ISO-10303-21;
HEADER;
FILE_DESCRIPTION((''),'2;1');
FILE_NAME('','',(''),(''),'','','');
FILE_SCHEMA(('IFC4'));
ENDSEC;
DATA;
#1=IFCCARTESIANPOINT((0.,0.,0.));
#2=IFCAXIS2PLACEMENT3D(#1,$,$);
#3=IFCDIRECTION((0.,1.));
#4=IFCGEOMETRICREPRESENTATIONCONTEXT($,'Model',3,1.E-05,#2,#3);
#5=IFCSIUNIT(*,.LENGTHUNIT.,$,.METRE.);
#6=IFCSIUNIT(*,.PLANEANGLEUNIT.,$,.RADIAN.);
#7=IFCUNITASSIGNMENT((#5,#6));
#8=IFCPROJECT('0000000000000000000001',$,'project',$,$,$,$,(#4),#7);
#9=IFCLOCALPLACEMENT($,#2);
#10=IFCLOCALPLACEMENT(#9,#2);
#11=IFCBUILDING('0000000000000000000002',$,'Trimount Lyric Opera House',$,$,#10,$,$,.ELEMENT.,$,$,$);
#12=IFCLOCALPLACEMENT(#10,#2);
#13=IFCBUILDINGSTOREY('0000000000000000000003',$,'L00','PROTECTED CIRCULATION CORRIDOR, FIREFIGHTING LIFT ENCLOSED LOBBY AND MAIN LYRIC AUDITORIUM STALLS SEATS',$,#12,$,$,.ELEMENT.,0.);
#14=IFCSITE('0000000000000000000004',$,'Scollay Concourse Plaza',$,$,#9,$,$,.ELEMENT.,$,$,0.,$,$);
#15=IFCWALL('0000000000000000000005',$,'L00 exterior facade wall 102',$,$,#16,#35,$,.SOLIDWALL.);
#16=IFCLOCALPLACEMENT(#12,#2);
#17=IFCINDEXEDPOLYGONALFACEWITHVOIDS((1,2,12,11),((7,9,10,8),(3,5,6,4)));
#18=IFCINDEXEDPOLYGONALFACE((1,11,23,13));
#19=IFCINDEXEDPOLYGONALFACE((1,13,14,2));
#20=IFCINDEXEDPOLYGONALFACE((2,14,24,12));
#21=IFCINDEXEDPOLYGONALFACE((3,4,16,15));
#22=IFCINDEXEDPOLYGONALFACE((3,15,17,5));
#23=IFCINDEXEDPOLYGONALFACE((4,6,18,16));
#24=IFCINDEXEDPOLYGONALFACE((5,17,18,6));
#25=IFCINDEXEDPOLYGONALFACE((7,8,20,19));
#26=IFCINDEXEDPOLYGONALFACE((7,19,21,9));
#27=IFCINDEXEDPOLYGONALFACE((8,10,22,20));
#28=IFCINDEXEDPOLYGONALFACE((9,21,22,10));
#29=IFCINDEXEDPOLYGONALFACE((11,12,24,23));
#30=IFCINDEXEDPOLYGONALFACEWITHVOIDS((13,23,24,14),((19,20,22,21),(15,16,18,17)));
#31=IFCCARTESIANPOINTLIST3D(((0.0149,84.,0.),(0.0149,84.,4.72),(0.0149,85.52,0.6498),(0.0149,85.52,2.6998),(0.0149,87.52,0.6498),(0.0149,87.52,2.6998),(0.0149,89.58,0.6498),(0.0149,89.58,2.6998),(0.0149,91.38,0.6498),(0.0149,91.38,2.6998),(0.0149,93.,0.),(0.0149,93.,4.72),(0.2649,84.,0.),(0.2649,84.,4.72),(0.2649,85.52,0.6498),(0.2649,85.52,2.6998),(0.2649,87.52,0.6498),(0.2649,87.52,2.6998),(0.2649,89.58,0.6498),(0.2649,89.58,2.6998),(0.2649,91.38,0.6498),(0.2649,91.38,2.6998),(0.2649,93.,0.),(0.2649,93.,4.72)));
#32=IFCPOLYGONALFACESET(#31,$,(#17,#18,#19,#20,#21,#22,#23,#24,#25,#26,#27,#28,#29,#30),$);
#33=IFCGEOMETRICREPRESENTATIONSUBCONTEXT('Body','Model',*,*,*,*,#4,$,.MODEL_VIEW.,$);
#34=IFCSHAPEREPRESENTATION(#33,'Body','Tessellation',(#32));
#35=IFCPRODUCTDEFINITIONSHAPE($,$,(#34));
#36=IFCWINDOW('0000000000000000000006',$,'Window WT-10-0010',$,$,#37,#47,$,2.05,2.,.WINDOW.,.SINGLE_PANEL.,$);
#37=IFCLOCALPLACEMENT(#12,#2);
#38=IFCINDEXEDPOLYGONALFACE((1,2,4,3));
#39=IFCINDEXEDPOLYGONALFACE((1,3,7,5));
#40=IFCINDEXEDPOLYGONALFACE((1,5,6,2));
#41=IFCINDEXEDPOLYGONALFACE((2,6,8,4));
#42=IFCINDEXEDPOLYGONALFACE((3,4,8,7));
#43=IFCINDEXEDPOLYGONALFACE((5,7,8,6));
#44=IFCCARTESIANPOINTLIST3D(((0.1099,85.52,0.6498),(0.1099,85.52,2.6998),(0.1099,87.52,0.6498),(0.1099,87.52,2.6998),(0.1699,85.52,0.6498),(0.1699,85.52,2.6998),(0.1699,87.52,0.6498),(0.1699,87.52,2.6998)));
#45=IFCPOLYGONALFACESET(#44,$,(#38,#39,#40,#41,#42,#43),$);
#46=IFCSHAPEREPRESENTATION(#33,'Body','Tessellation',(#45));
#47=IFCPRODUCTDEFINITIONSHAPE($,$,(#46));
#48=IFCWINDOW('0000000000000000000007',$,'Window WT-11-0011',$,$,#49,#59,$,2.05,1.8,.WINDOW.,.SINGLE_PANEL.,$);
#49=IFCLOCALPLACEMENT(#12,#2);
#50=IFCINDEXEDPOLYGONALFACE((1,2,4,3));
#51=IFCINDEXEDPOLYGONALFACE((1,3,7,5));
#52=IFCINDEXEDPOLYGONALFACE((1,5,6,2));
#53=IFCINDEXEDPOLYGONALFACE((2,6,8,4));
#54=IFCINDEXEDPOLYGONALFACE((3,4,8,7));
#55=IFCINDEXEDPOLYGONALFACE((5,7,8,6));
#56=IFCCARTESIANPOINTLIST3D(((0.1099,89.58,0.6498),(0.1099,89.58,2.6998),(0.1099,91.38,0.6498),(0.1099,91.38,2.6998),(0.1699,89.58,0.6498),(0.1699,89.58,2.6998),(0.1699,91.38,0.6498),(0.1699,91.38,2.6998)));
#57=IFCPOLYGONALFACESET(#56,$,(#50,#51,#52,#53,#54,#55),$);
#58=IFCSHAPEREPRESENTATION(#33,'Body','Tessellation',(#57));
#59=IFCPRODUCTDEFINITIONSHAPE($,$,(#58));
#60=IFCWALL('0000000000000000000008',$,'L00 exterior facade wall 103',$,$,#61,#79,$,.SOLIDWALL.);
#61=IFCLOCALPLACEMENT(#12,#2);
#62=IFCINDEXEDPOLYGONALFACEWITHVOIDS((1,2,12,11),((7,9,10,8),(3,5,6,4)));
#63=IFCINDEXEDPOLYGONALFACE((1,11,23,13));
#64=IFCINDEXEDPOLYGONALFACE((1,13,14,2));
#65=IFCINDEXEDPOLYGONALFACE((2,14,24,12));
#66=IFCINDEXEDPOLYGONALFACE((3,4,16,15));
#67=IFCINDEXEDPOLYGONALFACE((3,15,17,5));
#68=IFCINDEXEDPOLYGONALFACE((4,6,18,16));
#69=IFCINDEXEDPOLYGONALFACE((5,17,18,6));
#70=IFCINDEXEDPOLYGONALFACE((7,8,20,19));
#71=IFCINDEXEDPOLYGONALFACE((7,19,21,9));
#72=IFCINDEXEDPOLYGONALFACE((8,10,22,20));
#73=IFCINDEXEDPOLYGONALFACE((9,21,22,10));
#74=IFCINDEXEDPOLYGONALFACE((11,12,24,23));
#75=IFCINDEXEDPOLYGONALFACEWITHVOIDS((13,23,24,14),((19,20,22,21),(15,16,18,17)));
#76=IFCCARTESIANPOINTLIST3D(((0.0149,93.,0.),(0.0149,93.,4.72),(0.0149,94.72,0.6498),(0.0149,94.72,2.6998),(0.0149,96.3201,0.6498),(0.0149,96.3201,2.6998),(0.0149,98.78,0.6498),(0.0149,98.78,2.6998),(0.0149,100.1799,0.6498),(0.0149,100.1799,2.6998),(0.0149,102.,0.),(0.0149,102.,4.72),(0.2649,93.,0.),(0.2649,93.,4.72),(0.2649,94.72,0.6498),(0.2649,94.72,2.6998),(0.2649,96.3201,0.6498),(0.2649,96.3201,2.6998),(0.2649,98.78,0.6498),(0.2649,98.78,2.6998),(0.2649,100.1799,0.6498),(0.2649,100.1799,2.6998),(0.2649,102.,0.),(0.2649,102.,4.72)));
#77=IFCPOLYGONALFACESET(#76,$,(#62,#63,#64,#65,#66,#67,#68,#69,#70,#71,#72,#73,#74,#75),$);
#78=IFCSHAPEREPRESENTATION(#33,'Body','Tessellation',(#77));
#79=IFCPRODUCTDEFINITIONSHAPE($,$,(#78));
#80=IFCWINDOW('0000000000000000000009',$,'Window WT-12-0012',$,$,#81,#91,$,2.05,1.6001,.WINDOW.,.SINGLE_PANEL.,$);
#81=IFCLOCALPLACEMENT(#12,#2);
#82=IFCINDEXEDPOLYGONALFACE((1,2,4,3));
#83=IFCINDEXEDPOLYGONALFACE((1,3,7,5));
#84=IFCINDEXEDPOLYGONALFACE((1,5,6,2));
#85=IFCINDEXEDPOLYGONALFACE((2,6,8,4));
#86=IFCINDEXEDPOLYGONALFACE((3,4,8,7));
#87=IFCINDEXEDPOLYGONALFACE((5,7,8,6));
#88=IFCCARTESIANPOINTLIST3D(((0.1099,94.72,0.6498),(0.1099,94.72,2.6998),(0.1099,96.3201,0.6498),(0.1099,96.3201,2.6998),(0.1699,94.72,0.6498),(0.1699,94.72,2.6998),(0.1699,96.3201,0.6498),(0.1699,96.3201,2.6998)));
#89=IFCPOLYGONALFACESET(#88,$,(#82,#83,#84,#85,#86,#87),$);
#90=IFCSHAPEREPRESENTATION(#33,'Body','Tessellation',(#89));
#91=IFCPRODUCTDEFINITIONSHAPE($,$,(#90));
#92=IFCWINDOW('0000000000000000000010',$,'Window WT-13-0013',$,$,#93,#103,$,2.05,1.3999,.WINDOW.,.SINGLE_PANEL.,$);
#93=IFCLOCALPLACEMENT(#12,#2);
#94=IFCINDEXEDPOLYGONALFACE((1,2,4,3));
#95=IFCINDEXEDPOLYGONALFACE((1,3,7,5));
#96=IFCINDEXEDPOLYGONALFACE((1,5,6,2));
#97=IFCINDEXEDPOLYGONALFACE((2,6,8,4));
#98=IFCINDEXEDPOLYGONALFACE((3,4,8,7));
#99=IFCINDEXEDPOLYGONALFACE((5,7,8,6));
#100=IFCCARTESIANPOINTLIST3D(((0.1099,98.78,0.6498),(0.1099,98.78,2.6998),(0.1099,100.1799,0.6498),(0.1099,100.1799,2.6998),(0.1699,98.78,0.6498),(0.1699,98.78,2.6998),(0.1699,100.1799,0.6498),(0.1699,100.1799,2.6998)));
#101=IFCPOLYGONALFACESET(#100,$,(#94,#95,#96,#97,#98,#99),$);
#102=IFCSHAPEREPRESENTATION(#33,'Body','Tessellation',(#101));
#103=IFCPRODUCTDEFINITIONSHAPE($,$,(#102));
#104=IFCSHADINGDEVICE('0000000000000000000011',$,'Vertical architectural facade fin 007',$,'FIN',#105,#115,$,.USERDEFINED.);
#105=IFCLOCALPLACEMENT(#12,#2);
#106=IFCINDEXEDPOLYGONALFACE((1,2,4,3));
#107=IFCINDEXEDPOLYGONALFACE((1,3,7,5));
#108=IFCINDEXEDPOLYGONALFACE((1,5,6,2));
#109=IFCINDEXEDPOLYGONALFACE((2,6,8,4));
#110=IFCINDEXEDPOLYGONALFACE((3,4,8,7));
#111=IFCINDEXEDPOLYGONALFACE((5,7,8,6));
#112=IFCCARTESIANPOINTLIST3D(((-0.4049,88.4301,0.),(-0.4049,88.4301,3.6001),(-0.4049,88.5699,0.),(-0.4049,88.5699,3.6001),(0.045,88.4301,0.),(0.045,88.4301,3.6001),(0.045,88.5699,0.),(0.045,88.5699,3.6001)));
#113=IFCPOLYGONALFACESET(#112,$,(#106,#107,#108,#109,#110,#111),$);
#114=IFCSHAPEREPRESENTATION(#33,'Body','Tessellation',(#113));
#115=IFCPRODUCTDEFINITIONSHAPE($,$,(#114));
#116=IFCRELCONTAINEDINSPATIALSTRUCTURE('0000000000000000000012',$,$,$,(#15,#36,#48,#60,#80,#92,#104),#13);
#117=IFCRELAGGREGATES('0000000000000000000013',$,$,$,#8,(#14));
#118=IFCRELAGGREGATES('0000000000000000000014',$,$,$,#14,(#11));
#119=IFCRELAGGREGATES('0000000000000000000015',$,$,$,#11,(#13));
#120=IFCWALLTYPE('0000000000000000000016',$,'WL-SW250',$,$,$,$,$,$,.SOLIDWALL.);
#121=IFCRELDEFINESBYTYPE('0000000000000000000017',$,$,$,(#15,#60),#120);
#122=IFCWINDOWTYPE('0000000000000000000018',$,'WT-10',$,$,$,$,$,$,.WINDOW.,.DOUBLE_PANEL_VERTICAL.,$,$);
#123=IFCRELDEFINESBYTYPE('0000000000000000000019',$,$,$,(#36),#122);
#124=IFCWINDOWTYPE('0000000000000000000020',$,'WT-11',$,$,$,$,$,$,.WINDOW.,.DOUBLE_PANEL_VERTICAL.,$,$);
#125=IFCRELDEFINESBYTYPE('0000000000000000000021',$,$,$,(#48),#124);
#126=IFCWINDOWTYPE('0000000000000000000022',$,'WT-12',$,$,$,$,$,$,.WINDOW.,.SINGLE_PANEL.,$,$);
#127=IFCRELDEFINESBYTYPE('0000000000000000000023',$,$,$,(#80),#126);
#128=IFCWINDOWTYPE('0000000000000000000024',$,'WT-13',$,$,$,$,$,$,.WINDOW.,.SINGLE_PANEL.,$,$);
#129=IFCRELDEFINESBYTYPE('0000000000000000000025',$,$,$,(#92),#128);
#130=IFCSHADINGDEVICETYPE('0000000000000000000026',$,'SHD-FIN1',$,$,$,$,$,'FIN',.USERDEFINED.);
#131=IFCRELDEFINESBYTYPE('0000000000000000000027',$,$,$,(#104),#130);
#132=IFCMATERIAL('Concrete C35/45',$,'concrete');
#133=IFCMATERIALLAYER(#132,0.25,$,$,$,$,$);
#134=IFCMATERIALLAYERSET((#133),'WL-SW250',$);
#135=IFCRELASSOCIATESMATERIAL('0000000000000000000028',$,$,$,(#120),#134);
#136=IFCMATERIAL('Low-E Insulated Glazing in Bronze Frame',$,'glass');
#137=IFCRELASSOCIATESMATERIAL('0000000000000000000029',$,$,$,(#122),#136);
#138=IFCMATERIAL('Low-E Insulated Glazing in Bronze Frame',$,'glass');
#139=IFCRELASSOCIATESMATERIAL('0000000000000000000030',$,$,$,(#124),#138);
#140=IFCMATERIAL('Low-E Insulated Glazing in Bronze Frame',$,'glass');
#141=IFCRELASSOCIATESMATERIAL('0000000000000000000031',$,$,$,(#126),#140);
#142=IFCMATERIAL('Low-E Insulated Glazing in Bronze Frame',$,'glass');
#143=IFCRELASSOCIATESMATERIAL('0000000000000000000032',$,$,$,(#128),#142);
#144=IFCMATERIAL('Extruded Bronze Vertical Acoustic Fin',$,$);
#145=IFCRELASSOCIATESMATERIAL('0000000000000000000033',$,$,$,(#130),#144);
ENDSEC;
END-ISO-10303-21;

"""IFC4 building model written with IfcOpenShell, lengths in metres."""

from ifc_helpers import new_model, si_unit, direction, frame, frame_2d, origin, origin_2d, place, context, subcontext, project, spatial, rectangle, extrude, material, layer, layer_set, type_object, element, fill, save


model = new_model("IFC4")

# Units and contexts
model_context = context("Model", 3, precision=1e-05, world=origin(), true_north=direction((0.0, 1.0)))
body_context = subcontext(model_context, "Body", "Model", "MODEL_VIEW")
ifc_project = project(units=[si_unit("LENGTHUNIT", "METRE"), si_unit("PLANEANGLEUNIT", "RADIAN")], contexts=[model_context])

# Site, building, storey
site_placement = place(None, origin())
site = spatial("IfcSite", under=ifc_project, at=site_placement, Name="Scollay Concourse Plaza", CompositionType="ELEMENT", RefElevation=0.0)
building_placement = place(site_placement, origin())
building = spatial("IfcBuilding", under=site, at=building_placement, Name="Trimount Lyric Opera House", CompositionType="ELEMENT")
storey_placement = place(building_placement, origin())
storey = spatial("IfcBuildingStorey", under=building, at=storey_placement, Name="L00", Description="PROTECTED CIRCULATION CORRIDOR, FIREFIGHTING LIFT ENCLOSED LOBBY AND MAIN LYRIC AUDITORIUM STALLS SEATS", CompositionType="ELEMENT", Elevation=0.0)

# Walls, openings, windows
ifc_material_1 = material(Name="Concrete C35/45", Category="concrete")
ifc_layer = layer(ifc_material_1, 0.25)
ifc_layer_set = layer_set([ifc_layer], Name="WL-SW250")
wall_type = type_object("IfcWallType", Name="WL-SW250", PredefinedType="SOLIDWALL", material=ifc_layer_set)
wall_1_placement = place(storey_placement, frame((0.1399, 84.0, 0.0), z_axis=(0.0, 0.0, 1.0), x_axis=(0.0, 1.0, 0.0)))
wall_1 = element("IfcWall", 1, at=wall_1_placement, inside=storey, type_object=wall_type, Name="L00 exterior facade wall 102", PredefinedType="SOLIDWALL", context=body_context, shape_type="SweptSolid", body=[
    extrude(rectangle(XDim=9.0, YDim=0.25, at=frame_2d((4.5, 0.0))), origin(), (0.0, 0.0, 1.0), 4.72),
])
opening_1_placement = place(wall_1_placement, frame((1.52, 0.0, 0.6499)))
opening_1 = element("IfcOpeningElement", 2, at=opening_1_placement, cuts=wall_1, PredefinedType="OPENING", context=body_context, shape_type="SweptSolid", body=[
    extrude(rectangle(XDim=2.0, YDim=2.05, at=frame_2d((1.0, 1.0249))), frame((0.0, 0.135, 0.0), z_axis=(0.0, -1.0, 0.0), x_axis=(1.0, 0.0, 0.0)), (0.0, 0.0, 1.0), 0.27),
])
opening_2_placement = place(wall_1_placement, frame((5.5801, 0.0, 0.6499)))
opening_2 = element("IfcOpeningElement", 3, at=opening_2_placement, cuts=wall_1, PredefinedType="OPENING", context=body_context, shape_type="SweptSolid", body=[
    extrude(rectangle(XDim=1.8, YDim=2.05, at=frame_2d((0.8999, 1.0249))), frame((0.0, 0.135, 0.0), z_axis=(0.0, -1.0, 0.0), x_axis=(1.0, 0.0, 0.0)), (0.0, 0.0, 1.0), 0.27),
])
ifc_material_2 = material(Name="Low-E Insulated Glazing in Bronze Frame", Category="glass")
window_type_1 = type_object("IfcWindowType", Name="WT-10", PartitioningType="DOUBLE_PANEL_VERTICAL", PredefinedType="WINDOW", material=ifc_material_2)
window_1_placement = place(opening_1_placement, origin())
window_1 = element("IfcWindow", 4, at=window_1_placement, inside=storey, type_object=window_type_1, Name="Window WT-10-0010", OverallHeight=2.05, OverallWidth=2.0, PartitioningType="SINGLE_PANEL", PredefinedType="WINDOW", context=body_context, shape_type="SweptSolid", body=[
    extrude(rectangle(XDim=2.0, YDim=2.05, at=frame_2d((1.0, 1.0249))), frame((0.0, 0.03, 0.0), z_axis=(0.0, -1.0, 0.0), x_axis=(1.0, 0.0, 0.0)), (0.0, 0.0, 1.0), 0.0601),
])
fill(opening_1, window_1)
ifc_material_3 = material(Name="Low-E Insulated Glazing in Bronze Frame", Category="glass")
window_type_2 = type_object("IfcWindowType", Name="WT-11", PartitioningType="DOUBLE_PANEL_VERTICAL", PredefinedType="WINDOW", material=ifc_material_3)
window_2_placement = place(opening_2_placement, origin())
window_2 = element("IfcWindow", 5, at=window_2_placement, inside=storey, type_object=window_type_2, Name="Window WT-11-0011", OverallHeight=2.05, OverallWidth=1.8, PartitioningType="SINGLE_PANEL", PredefinedType="WINDOW", context=body_context, shape_type="SweptSolid", body=[
    extrude(rectangle(XDim=1.8, YDim=2.05, at=frame_2d((0.8999, 1.0249))), frame((0.0, 0.03, 0.0), z_axis=(0.0, -1.0, 0.0), x_axis=(1.0, 0.0, 0.0)), (0.0, 0.0, 1.0), 0.0601),
])
fill(opening_2, window_2)
wall_2_placement = place(storey_placement, frame((0.1399, 93.0, 0.0), z_axis=(0.0, 0.0, 1.0), x_axis=(0.0, 1.0, 0.0)))
wall_2 = element("IfcWall", 6, at=wall_2_placement, inside=storey, type_object=wall_type, Name="L00 exterior facade wall 103", PredefinedType="SOLIDWALL", context=body_context, shape_type="SweptSolid", body=[
    extrude(rectangle(XDim=9.0, YDim=0.25, at=frame_2d((4.5, 0.0))), origin(), (0.0, 0.0, 1.0), 4.72),
])
opening_3_placement = place(wall_2_placement, frame((1.72, 0.0, 0.6499)))
opening_3 = element("IfcOpeningElement", 7, at=opening_3_placement, cuts=wall_2, PredefinedType="OPENING", context=body_context, shape_type="SweptSolid", body=[
    extrude(rectangle(XDim=1.6001, YDim=2.05, at=frame_2d((0.8, 1.0249))), frame((0.0, 0.135, 0.0), z_axis=(0.0, -1.0, 0.0), x_axis=(1.0, 0.0, 0.0)), (0.0, 0.0, 1.0), 0.27),
])
opening_4_placement = place(wall_2_placement, frame((5.78, 0.0, 0.6499)))
opening_4 = element("IfcOpeningElement", 8, at=opening_4_placement, cuts=wall_2, PredefinedType="OPENING", context=body_context, shape_type="SweptSolid", body=[
    extrude(rectangle(XDim=1.3999, YDim=2.05, at=frame_2d((0.7, 1.0249))), frame((0.0, 0.135, 0.0), z_axis=(0.0, -1.0, 0.0), x_axis=(1.0, 0.0, 0.0)), (0.0, 0.0, 1.0), 0.27),
])
ifc_material_4 = material(Name="Low-E Insulated Glazing in Bronze Frame", Category="glass")
window_type_3 = type_object("IfcWindowType", Name="WT-12", PartitioningType="SINGLE_PANEL", PredefinedType="WINDOW", material=ifc_material_4)
window_3_placement = place(opening_3_placement, origin())
window_3 = element("IfcWindow", 9, at=window_3_placement, inside=storey, type_object=window_type_3, Name="Window WT-12-0012", OverallHeight=2.05, OverallWidth=1.6001, PartitioningType="SINGLE_PANEL", PredefinedType="WINDOW", context=body_context, shape_type="SweptSolid", body=[
    extrude(rectangle(XDim=1.6001, YDim=2.05, at=frame_2d((0.8, 1.0249))), frame((0.0, 0.03, 0.0), z_axis=(0.0, -1.0, 0.0), x_axis=(1.0, 0.0, 0.0)), (0.0, 0.0, 1.0), 0.0601),
])
fill(opening_3, window_3)
ifc_material_5 = material(Name="Low-E Insulated Glazing in Bronze Frame", Category="glass")
window_type_4 = type_object("IfcWindowType", Name="WT-13", PartitioningType="SINGLE_PANEL", PredefinedType="WINDOW", material=ifc_material_5)
window_4_placement = place(opening_4_placement, origin())
window_4 = element("IfcWindow", 10, at=window_4_placement, inside=storey, type_object=window_type_4, Name="Window WT-13-0013", OverallHeight=2.05, OverallWidth=1.3999, PartitioningType="SINGLE_PANEL", PredefinedType="WINDOW", context=body_context, shape_type="SweptSolid", body=[
    extrude(rectangle(XDim=1.3999, YDim=2.05, at=frame_2d((0.7, 1.0249))), frame((0.0, 0.03, 0.0), z_axis=(0.0, -1.0, 0.0), x_axis=(1.0, 0.0, 0.0)), (0.0, 0.0, 1.0), 0.0601),
])
fill(opening_4, window_4)

# Shading device
ifc_material_6 = material(Name="Extruded Bronze Vertical Acoustic Fin")
shading_device_type = type_object("IfcShadingDeviceType", Name="SHD-FIN1", ElementType="FIN", PredefinedType="USERDEFINED", material=ifc_material_6)
shading_device_placement = place(storey_placement, frame((-0.1799, 88.5, 0.0), z_axis=(0.0, 0.0, 1.0), x_axis=(1.0, 0.0, 0.0)))
element("IfcShadingDevice", 11, at=shading_device_placement, inside=storey, type_object=shading_device_type, Name="Vertical architectural facade fin 007", ObjectType="FIN", PredefinedType="USERDEFINED", context=body_context, shape_type="SweptSolid", body=[
    extrude(rectangle(XDim=0.45, YDim=0.1399, at=origin_2d()), origin(), (0.0, 0.0, 1.0), 3.6001),
])

save(model, "model.ifc")
